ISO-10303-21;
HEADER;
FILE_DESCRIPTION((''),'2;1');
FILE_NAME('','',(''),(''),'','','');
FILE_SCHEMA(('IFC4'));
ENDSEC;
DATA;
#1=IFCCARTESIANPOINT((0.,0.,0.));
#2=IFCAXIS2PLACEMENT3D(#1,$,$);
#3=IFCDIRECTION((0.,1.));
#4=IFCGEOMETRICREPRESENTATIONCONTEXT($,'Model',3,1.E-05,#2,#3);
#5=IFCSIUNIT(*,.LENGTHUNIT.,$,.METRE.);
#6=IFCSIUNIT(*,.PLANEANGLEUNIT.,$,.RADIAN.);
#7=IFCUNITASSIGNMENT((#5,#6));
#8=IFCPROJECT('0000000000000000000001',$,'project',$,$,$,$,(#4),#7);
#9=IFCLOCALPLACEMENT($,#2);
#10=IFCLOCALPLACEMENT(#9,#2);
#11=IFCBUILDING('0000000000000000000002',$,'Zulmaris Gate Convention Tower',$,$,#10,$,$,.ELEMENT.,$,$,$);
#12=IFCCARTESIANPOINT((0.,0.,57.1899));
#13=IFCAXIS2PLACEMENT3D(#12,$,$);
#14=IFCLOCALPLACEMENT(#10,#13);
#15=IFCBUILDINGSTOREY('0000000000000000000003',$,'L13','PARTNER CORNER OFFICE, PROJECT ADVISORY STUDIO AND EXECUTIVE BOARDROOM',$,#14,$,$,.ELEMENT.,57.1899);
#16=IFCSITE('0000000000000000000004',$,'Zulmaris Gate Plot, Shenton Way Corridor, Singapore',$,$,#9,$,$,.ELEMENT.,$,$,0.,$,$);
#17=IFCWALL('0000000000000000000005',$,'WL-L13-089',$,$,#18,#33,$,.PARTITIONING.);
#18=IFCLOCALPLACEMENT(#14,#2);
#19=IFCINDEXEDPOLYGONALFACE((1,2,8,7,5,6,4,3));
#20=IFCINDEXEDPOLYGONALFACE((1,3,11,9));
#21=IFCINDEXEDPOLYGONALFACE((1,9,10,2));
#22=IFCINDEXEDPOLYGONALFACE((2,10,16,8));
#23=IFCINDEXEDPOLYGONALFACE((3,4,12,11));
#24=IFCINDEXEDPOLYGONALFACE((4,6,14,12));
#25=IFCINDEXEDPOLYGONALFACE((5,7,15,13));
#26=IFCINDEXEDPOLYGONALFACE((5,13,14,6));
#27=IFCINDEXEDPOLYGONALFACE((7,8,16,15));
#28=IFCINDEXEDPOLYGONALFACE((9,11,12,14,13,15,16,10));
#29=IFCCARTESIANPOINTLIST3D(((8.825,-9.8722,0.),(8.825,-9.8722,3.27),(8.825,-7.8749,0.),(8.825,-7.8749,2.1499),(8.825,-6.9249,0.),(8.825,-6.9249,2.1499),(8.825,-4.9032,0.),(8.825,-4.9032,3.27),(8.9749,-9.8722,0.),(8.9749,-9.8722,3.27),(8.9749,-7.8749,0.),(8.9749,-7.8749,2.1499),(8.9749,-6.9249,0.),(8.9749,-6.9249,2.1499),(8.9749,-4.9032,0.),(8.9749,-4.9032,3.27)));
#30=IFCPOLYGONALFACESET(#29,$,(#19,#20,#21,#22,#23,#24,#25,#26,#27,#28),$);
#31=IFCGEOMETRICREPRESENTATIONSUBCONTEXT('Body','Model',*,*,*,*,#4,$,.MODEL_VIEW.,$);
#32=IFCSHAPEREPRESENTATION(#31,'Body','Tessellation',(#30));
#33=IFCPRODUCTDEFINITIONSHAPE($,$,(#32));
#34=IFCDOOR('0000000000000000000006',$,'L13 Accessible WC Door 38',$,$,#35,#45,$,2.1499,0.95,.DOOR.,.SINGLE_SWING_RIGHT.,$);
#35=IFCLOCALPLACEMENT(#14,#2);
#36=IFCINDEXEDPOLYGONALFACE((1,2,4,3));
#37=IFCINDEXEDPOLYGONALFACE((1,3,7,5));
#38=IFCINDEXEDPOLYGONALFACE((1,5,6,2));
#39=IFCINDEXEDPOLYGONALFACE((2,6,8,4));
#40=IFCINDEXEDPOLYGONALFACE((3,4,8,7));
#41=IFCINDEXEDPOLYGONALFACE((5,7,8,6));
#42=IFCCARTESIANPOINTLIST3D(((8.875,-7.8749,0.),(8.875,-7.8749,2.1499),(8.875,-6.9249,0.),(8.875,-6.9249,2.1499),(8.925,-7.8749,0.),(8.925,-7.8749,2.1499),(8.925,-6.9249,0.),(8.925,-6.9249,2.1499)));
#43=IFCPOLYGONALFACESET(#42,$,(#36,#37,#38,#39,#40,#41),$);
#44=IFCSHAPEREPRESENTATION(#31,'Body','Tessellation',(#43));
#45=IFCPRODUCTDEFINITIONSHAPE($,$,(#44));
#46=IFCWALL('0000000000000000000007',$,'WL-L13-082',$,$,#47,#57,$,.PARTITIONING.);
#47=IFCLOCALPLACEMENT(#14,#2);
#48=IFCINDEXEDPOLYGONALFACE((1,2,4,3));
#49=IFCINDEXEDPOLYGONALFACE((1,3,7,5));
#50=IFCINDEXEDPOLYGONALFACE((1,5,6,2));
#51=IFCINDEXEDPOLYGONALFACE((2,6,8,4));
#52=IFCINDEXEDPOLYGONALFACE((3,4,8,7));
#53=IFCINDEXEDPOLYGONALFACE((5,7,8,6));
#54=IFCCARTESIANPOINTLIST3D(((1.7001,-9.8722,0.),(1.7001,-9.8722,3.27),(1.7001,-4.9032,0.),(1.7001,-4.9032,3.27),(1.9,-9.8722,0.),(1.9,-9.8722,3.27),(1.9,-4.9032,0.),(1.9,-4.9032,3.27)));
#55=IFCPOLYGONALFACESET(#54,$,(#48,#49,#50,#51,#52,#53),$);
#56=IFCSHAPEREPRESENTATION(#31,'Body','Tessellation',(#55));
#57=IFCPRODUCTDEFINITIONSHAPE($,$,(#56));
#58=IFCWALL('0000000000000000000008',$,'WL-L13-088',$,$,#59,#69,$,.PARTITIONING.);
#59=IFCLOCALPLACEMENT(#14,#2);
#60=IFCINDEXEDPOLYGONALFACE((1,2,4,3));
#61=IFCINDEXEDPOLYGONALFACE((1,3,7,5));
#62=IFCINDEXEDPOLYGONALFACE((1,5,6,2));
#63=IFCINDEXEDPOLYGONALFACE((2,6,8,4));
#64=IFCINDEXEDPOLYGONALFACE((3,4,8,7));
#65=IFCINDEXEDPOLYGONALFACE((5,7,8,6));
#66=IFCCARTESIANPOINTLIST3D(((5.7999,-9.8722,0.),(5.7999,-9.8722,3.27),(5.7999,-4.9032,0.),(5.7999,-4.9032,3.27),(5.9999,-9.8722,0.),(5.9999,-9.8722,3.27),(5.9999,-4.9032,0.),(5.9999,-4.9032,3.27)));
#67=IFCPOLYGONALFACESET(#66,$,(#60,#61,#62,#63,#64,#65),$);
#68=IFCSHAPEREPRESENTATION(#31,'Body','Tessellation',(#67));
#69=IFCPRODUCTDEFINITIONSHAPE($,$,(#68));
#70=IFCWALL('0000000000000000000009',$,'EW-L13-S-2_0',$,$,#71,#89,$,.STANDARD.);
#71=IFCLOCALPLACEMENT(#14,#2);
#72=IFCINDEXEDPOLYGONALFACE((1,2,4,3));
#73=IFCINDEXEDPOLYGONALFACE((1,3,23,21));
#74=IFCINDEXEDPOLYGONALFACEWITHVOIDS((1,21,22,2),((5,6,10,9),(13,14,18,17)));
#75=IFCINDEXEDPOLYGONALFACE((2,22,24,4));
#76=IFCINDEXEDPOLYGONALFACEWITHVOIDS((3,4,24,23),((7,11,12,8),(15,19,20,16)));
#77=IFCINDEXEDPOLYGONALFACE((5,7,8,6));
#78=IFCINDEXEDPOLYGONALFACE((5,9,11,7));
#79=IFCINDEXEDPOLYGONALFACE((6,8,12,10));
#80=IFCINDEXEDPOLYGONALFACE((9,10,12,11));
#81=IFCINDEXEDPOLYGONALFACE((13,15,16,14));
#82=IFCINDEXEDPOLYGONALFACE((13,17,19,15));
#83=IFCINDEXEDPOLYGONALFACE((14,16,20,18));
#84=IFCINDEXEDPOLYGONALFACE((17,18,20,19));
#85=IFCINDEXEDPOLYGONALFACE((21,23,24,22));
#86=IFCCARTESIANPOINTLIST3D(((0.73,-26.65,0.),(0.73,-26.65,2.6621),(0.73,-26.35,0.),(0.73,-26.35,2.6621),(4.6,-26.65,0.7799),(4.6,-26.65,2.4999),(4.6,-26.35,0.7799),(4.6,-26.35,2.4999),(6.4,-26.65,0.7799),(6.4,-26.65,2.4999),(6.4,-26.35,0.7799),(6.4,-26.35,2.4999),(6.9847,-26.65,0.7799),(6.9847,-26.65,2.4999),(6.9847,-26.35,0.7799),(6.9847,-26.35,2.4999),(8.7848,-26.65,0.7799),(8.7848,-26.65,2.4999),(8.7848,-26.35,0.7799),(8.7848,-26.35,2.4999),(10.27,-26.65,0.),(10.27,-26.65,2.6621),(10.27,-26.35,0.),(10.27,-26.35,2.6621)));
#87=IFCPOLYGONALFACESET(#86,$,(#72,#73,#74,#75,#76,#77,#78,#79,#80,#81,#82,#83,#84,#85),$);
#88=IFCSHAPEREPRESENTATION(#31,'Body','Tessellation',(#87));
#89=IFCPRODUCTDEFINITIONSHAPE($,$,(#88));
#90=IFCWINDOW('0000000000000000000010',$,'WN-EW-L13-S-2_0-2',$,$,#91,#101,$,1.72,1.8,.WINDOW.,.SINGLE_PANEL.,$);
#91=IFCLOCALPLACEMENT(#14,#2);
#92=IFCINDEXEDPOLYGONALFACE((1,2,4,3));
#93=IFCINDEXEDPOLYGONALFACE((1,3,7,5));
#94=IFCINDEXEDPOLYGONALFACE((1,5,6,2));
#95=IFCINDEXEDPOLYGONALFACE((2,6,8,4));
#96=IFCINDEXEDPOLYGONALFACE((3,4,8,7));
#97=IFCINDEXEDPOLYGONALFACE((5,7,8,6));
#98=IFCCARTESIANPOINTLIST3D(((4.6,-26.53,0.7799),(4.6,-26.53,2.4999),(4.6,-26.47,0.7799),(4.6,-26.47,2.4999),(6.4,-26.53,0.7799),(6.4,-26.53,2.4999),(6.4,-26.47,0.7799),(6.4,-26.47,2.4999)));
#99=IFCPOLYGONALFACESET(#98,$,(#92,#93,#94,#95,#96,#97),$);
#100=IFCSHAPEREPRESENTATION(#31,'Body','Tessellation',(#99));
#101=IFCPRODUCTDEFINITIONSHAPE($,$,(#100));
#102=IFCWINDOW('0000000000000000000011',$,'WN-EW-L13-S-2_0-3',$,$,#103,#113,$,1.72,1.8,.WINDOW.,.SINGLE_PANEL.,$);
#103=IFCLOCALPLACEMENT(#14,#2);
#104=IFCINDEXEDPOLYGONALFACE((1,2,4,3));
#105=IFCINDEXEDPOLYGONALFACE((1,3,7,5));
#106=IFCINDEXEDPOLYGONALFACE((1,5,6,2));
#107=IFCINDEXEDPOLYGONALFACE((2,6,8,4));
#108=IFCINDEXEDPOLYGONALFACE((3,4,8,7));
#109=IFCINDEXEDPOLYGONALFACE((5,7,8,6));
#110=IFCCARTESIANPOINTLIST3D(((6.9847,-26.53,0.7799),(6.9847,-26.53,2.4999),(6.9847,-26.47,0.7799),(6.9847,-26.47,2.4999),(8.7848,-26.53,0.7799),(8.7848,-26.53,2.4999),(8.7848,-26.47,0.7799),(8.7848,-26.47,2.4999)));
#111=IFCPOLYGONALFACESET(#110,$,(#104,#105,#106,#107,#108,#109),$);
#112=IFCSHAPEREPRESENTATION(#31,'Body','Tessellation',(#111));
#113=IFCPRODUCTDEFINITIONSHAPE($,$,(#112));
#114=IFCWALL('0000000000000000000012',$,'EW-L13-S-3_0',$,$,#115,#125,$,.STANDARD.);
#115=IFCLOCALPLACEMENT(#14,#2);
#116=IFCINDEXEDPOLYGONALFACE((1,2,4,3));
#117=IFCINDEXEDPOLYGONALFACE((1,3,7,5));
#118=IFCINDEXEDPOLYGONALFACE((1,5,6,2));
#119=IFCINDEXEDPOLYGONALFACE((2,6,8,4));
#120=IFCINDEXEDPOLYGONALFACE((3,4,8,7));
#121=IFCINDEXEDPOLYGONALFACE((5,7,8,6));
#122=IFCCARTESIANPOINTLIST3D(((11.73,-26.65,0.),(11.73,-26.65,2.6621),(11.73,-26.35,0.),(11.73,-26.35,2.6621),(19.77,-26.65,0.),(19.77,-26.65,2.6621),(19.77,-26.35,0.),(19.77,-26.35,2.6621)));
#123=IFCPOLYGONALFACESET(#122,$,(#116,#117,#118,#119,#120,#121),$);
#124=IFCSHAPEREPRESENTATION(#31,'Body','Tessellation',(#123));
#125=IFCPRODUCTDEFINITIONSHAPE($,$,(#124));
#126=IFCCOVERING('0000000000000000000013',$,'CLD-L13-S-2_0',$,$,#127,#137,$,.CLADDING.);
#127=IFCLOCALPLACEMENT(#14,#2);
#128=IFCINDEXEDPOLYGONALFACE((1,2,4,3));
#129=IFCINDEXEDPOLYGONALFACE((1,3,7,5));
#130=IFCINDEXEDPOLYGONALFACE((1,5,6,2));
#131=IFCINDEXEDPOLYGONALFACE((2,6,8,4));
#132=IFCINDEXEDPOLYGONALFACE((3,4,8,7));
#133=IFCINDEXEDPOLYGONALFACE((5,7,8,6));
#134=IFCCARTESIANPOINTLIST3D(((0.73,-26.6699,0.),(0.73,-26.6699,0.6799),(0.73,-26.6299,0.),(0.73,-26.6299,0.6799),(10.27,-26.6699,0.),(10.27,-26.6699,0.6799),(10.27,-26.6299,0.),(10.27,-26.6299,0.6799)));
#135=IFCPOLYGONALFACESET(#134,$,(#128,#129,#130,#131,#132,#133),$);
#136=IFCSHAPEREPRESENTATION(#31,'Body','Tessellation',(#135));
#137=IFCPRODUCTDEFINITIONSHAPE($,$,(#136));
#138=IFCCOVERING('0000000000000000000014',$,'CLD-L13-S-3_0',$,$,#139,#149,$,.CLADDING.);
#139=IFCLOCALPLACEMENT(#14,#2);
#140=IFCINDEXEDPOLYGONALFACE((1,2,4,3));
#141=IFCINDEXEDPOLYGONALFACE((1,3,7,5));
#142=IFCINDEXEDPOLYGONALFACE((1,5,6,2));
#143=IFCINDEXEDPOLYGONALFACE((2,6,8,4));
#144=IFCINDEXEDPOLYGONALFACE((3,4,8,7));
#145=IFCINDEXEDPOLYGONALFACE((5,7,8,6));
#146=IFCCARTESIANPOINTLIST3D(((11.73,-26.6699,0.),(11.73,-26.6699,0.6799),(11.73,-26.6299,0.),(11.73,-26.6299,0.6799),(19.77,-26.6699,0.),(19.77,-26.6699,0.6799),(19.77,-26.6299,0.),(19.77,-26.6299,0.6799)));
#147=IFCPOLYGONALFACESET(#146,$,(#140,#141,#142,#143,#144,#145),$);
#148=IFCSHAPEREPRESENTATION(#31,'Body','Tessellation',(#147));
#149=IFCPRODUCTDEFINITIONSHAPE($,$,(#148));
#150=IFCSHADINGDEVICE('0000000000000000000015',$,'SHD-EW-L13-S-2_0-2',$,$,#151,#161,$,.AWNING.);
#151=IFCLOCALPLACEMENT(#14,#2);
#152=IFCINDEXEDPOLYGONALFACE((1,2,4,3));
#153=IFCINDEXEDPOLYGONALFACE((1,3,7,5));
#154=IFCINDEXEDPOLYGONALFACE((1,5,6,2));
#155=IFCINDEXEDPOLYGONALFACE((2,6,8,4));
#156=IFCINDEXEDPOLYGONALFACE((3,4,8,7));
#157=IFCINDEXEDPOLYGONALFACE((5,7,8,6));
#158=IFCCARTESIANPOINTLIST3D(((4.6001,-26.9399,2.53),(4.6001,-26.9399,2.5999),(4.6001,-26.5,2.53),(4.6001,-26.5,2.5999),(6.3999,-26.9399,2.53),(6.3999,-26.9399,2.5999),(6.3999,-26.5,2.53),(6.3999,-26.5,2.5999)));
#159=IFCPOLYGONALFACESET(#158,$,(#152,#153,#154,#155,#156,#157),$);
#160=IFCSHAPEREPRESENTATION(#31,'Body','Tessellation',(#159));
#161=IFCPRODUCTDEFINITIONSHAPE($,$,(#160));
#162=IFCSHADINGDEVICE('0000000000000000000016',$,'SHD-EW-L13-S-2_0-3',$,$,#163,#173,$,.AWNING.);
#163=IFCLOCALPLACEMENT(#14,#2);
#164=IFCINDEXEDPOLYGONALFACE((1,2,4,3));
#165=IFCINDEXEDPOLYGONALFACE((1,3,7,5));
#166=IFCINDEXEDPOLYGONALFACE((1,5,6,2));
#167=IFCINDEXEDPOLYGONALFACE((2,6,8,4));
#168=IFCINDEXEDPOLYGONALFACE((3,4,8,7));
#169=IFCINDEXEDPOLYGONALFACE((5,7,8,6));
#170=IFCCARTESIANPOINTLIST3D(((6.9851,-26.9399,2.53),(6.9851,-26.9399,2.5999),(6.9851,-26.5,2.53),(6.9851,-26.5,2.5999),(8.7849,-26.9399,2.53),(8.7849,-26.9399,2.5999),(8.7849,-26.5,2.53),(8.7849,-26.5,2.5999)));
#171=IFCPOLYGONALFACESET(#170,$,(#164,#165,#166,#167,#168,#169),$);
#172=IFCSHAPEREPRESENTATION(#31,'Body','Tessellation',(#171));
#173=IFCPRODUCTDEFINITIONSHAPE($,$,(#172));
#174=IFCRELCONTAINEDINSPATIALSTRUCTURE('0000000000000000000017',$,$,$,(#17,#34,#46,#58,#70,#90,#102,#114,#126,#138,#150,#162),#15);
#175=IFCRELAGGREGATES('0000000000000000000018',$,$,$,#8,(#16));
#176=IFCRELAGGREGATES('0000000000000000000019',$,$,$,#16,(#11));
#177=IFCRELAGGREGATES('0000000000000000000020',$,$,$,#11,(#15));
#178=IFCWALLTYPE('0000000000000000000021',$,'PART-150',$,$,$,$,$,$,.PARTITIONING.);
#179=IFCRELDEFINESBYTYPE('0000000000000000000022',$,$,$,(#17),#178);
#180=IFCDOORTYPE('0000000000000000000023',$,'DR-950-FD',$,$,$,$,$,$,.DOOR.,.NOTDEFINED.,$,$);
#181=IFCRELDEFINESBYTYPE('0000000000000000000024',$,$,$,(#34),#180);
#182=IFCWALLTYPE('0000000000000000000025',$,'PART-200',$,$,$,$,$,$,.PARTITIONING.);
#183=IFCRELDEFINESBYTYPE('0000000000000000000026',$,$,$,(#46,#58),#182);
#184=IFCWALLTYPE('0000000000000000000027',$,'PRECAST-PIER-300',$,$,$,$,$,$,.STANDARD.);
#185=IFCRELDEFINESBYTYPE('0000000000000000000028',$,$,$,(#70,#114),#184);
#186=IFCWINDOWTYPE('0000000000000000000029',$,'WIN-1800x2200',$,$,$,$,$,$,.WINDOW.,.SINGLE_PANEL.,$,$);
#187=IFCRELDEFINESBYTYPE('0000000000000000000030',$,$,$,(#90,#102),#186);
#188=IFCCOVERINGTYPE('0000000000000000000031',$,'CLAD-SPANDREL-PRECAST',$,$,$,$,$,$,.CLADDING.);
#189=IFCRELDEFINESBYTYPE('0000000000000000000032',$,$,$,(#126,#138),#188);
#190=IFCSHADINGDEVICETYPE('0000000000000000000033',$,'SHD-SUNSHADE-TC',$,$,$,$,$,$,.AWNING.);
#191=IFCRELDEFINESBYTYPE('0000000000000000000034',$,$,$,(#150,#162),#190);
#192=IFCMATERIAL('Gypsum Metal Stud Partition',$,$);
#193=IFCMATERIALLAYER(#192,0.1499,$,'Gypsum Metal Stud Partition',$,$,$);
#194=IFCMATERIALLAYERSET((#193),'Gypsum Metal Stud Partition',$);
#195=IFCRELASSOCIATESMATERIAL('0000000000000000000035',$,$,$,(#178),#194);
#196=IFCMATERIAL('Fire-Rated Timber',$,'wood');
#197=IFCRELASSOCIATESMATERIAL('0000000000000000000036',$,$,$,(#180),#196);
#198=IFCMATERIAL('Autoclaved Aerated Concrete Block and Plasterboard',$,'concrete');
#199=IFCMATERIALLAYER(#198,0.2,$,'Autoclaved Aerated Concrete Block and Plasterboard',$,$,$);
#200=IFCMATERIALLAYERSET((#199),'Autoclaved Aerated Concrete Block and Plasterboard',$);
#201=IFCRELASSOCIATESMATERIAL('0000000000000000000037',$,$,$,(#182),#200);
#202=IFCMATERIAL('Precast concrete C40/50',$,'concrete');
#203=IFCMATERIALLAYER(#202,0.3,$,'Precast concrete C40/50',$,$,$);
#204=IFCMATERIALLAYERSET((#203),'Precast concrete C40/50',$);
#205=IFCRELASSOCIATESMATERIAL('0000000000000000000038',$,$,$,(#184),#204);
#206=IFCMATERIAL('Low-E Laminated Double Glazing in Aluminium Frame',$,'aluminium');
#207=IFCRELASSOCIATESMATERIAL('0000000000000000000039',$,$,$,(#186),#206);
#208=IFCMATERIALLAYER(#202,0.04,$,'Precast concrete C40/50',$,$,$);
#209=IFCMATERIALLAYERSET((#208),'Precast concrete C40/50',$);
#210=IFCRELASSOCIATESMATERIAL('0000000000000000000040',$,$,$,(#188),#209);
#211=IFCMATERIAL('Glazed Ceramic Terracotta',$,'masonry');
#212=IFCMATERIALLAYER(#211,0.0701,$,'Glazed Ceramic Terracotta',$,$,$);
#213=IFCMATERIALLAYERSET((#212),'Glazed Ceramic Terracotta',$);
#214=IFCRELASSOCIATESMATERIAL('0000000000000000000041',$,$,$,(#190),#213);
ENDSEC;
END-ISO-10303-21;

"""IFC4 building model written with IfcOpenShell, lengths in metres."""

from ifc_helpers import new_model, si_unit, direction, frame, frame_2d, origin, place, context, subcontext, project, spatial, rectangle, extrude, material, layer, layer_set, type_object, element, fill, save


model = new_model("IFC4")

# Units and contexts
model_context = context("Model", 3, precision=1e-05, world=origin(), true_north=direction((0.0, 1.0)))
body_context = subcontext(model_context, "Body", "Model", "MODEL_VIEW")
ifc_project = project(units=[si_unit("LENGTHUNIT", "METRE"), si_unit("PLANEANGLEUNIT", "RADIAN")], contexts=[model_context])

# Site, building, storey
site_placement = place(None, origin())
site = spatial("IfcSite", under=ifc_project, at=site_placement, Name="Zulmaris Gate Plot, Shenton Way Corridor, Singapore", CompositionType="ELEMENT", RefElevation=0.0)
building_placement = place(site_placement, origin())
building = spatial("IfcBuilding", under=site, at=building_placement, Name="Zulmaris Gate Convention Tower", CompositionType="ELEMENT")
storey_placement = place(building_placement, frame((0.0, 0.0, 57.1899)))
storey = spatial("IfcBuildingStorey", under=building, at=storey_placement, Name="L13", Description="PARTNER CORNER OFFICE, PROJECT ADVISORY STUDIO AND EXECUTIVE BOARDROOM", CompositionType="ELEMENT", Elevation=57.1899)

# Shared definitions
ifc_material_1 = material(Name="Fire-Rated Timber", Category="wood")

# Shared definitions
ifc_material_2 = material(Name="Gypsum Metal Stud Partition")
ifc_layer_1 = layer(ifc_material_2, 0.1499, Name="Gypsum Metal Stud Partition")
ifc_layer_set_1 = layer_set([ifc_layer_1], Name="Gypsum Metal Stud Partition")
wall_type_1 = type_object("IfcWallType", Name="PART-150", PredefinedType="PARTITIONING", material=ifc_layer_set_1)

# Wall, opening, door
wall_1_placement = place(storey_placement, frame((8.8999, -9.8721, 0.0), z_axis=(0.0, 0.0, 1.0), x_axis=(0.0, 1.0, 0.0)))
wall_1 = element("IfcWall", 1, at=wall_1_placement, inside=storey, type_object=wall_type_1, Name="WL-L13-089", PredefinedType="PARTITIONING", context=body_context, shape_type="SweptSolid", body=[
    extrude(rectangle(XDim=4.969, YDim=0.1499, at=frame_2d((2.4844, 0.0))), origin(), (0.0, 0.0, 1.0), 3.27),
])
opening_1_placement = place(wall_1_placement, frame((1.9971, 0.0, 0.0)))
opening_1 = element("IfcOpeningElement", 2, at=opening_1_placement, cuts=wall_1, PredefinedType="OPENING", context=body_context, shape_type="SweptSolid", body=[
    extrude(rectangle(XDim=0.95, YDim=2.1499, at=frame_2d((0.4751, 1.075))), frame((0.0, 0.085, 0.0), z_axis=(0.0, -1.0, 0.0), x_axis=(1.0, 0.0, 0.0)), (0.0, 0.0, 1.0), 0.1699),
])
door_type_1 = type_object("IfcDoorType", Name="DR-950-FD", OperationType="NOTDEFINED", PredefinedType="DOOR", material=ifc_material_1)
door_1_placement = place(opening_1_placement, origin())
door_1 = element("IfcDoor", 3, at=door_1_placement, inside=storey, type_object=door_type_1, Name="L13 Accessible WC Door 38", OperationType="SINGLE_SWING_RIGHT", OverallHeight=2.1499, OverallWidth=0.95, PredefinedType="DOOR", context=body_context, shape_type="SweptSolid", body=[
    extrude(rectangle(XDim=0.95, YDim=2.1499, at=frame_2d((0.4751, 1.075))), frame((0.0, 0.0249, 0.0), z_axis=(0.0, -1.0, 0.0), x_axis=(1.0, 0.0, 0.0)), (0.0, 0.0, 1.0), 0.05),
])
fill(opening_1, door_1)

# Walls
ifc_material_3 = material(Name="Autoclaved Aerated Concrete Block and Plasterboard", Category="concrete")
ifc_layer_2 = layer(ifc_material_3, 0.2, Name="Autoclaved Aerated Concrete Block and Plasterboard")
ifc_layer_set_2 = layer_set([ifc_layer_2], Name="Autoclaved Aerated Concrete Block and Plasterboard")
wall_type_2 = type_object("IfcWallType", Name="PART-200", PredefinedType="PARTITIONING", material=ifc_layer_set_2)
for number, where, z_axis, x_axis, name in (
    (4, (1.8, -9.8721, 0.0), (0.0, 0.0, 1.0), (0.0, 1.0, 0.0), "WL-L13-082"),
    (5, (5.8999, -9.8721, 0.0), (0.0, 0.0, 1.0), (0.0, 1.0, 0.0), "WL-L13-088"),
):
    element("IfcWall", number, at=place(storey_placement, frame(where, z_axis=z_axis, x_axis=x_axis)), inside=storey, type_object=wall_type_2, Name=name, PredefinedType="PARTITIONING", context=body_context, shape_type="SweptSolid", body=[
        extrude(rectangle(XDim=4.969, YDim=0.2, at=frame_2d((2.4844, 0.0))), origin(), (0.0, 0.0, 1.0), 3.27),
    ])

# Wall, openings, windows
ifc_material_4 = material(Name="Precast concrete C40/50", Category="concrete")
ifc_layer_3 = layer(ifc_material_4, 0.3, Name="Precast concrete C40/50")
ifc_layer_set_3 = layer_set([ifc_layer_3], Name="Precast concrete C40/50")
wall_type_3 = type_object("IfcWallType", Name="PRECAST-PIER-300", PredefinedType="STANDARD", material=ifc_layer_set_3)
wall_2_placement = place(storey_placement, frame((0.73, -26.5, 0.0), z_axis=(0.0, 0.0, 1.0), x_axis=(1.0, 0.0, 0.0)))
wall_2 = element("IfcWall", 6, at=wall_2_placement, inside=storey, type_object=wall_type_3, Name="EW-L13-S-2_0", PredefinedType="STANDARD", context=body_context, shape_type="SweptSolid", body=[
    extrude(rectangle(XDim=9.54, YDim=0.3, at=frame_2d((4.77, 0.0))), origin(), (0.0, 0.0, 1.0), 2.6621),
])
opening_2_placement = place(wall_2_placement, frame((3.8701, 0.0, 0.78)))
opening_2 = element("IfcOpeningElement", 7, at=opening_2_placement, cuts=wall_2, PredefinedType="OPENING", context=body_context, shape_type="SweptSolid", body=[
    extrude(rectangle(XDim=1.8, YDim=1.72, at=frame_2d((0.8999, 0.8599))), frame((0.0, 0.1602, 0.0), z_axis=(0.0, -1.0, 0.0), x_axis=(1.0, 0.0, 0.0)), (0.0, 0.0, 1.0), 0.3201),
])
opening_3_placement = place(wall_2_placement, frame((6.2549, 0.0, 0.78)))
opening_3 = element("IfcOpeningElement", 8, at=opening_3_placement, cuts=wall_2, PredefinedType="OPENING", context=body_context, shape_type="SweptSolid", body=[
    extrude(rectangle(XDim=1.8, YDim=1.72, at=frame_2d((0.8999, 0.8599))), frame((0.0, 0.1602, 0.0), z_axis=(0.0, -1.0, 0.0), x_axis=(1.0, 0.0, 0.0)), (0.0, 0.0, 1.0), 0.3201),
])
ifc_material_5 = material(Name="Low-E Laminated Double Glazing in Aluminium Frame", Category="aluminium")
window_type = type_object("IfcWindowType", Name="WIN-1800x2200", PartitioningType="SINGLE_PANEL", PredefinedType="WINDOW", material=ifc_material_5)
window_1_placement = place(opening_2_placement, origin())
window_1 = element("IfcWindow", 9, at=window_1_placement, inside=storey, type_object=window_type, Name="WN-EW-L13-S-2_0-2", OverallHeight=1.72, OverallWidth=1.8, PartitioningType="SINGLE_PANEL", PredefinedType="WINDOW", context=body_context, shape_type="SweptSolid", body=[
    extrude(rectangle(XDim=1.8, YDim=1.72, at=frame_2d((0.8999, 0.8599))), frame((0.0, 0.03, 0.0), z_axis=(0.0, -1.0, 0.0), x_axis=(1.0, 0.0, 0.0)), (0.0, 0.0, 1.0), 0.0601),
])
fill(opening_2, window_1)
window_2_placement = place(opening_3_placement, origin())
window_2 = element("IfcWindow", 10, at=window_2_placement, inside=storey, type_object=window_type, Name="WN-EW-L13-S-2_0-3", OverallHeight=1.72, OverallWidth=1.8, PartitioningType="SINGLE_PANEL", PredefinedType="WINDOW", context=body_context, shape_type="SweptSolid", body=[
    extrude(rectangle(XDim=1.8, YDim=1.72, at=frame_2d((0.8999, 0.8599))), frame((0.0, 0.03, 0.0), z_axis=(0.0, -1.0, 0.0), x_axis=(1.0, 0.0, 0.0)), (0.0, 0.0, 1.0), 0.0601),
])
fill(opening_3, window_2)

# Wall
wall_3_placement = place(storey_placement, frame((11.73, -26.5, 0.0), z_axis=(0.0, 0.0, 1.0), x_axis=(1.0, 0.0, 0.0)))
element("IfcWall", 11, at=wall_3_placement, inside=storey, type_object=wall_type_3, Name="EW-L13-S-3_0", PredefinedType="STANDARD", context=body_context, shape_type="SweptSolid", body=[
    extrude(rectangle(XDim=8.04, YDim=0.3, at=frame_2d((4.02, 0.0))), origin(), (0.0, 0.0, 1.0), 2.6621),
])

# Coverings
ifc_layer_4 = layer(ifc_material_4, 0.04, Name="Precast concrete C40/50")
ifc_layer_set_4 = layer_set([ifc_layer_4], Name="Precast concrete C40/50")
covering_type = type_object("IfcCoveringType", Name="CLAD-SPANDREL-PRECAST", PredefinedType="CLADDING", material=ifc_layer_set_4)
covering_1_placement = place(storey_placement, frame((0.73, -26.6499, 0.0), z_axis=(0.0, 0.0, 1.0), x_axis=(1.0, 0.0, 0.0)))
element("IfcCovering", 12, at=covering_1_placement, inside=storey, type_object=covering_type, Name="CLD-L13-S-2_0", PredefinedType="CLADDING", context=body_context, shape_type="SweptSolid", body=[
    extrude(rectangle(XDim=9.54, YDim=0.04, at=frame_2d((4.77, 0.0))), origin(), (0.0, 0.0, 1.0), 0.6799),
])
covering_2_placement = place(storey_placement, frame((11.73, -26.6499, 0.0), z_axis=(0.0, 0.0, 1.0), x_axis=(1.0, 0.0, 0.0)))
element("IfcCovering", 13, at=covering_2_placement, inside=storey, type_object=covering_type, Name="CLD-L13-S-3_0", PredefinedType="CLADDING", context=body_context, shape_type="SweptSolid", body=[
    extrude(rectangle(XDim=8.04, YDim=0.04, at=frame_2d((4.02, 0.0))), origin(), (0.0, 0.0, 1.0), 0.6799),
])

# Shading devices
ifc_material_6 = material(Name="Glazed Ceramic Terracotta", Category="masonry")
ifc_layer_5 = layer(ifc_material_6, 0.0701, Name="Glazed Ceramic Terracotta")
ifc_layer_set_5 = layer_set([ifc_layer_5], Name="Glazed Ceramic Terracotta")
shading_device_type = type_object("IfcShadingDeviceType", Name="SHD-SUNSHADE-TC", PredefinedType="AWNING", material=ifc_layer_set_5)
for number, where, z_axis, x_axis, name in (
    (14, (4.6001, -26.72, 2.53), (0.0, 0.0, 1.0), (1.0, 0.0, 0.0), "SHD-EW-L13-S-2_0-2"),
    (15, (6.9851, -26.72, 2.53), (0.0, 0.0, 1.0), (1.0, 0.0, 0.0), "SHD-EW-L13-S-2_0-3"),
):
    element("IfcShadingDevice", number, at=place(storey_placement, frame(where, z_axis=z_axis, x_axis=x_axis)), inside=storey, type_object=shading_device_type, Name=name, PredefinedType="AWNING", context=body_context, shape_type="SweptSolid", body=[
        extrude(rectangle(XDim=1.7998, YDim=0.4399, at=frame_2d((0.8999, 0.0))), origin(), (0.0, 0.0, 1.0), 0.0698),
    ])

save(model, "model.ifc")
